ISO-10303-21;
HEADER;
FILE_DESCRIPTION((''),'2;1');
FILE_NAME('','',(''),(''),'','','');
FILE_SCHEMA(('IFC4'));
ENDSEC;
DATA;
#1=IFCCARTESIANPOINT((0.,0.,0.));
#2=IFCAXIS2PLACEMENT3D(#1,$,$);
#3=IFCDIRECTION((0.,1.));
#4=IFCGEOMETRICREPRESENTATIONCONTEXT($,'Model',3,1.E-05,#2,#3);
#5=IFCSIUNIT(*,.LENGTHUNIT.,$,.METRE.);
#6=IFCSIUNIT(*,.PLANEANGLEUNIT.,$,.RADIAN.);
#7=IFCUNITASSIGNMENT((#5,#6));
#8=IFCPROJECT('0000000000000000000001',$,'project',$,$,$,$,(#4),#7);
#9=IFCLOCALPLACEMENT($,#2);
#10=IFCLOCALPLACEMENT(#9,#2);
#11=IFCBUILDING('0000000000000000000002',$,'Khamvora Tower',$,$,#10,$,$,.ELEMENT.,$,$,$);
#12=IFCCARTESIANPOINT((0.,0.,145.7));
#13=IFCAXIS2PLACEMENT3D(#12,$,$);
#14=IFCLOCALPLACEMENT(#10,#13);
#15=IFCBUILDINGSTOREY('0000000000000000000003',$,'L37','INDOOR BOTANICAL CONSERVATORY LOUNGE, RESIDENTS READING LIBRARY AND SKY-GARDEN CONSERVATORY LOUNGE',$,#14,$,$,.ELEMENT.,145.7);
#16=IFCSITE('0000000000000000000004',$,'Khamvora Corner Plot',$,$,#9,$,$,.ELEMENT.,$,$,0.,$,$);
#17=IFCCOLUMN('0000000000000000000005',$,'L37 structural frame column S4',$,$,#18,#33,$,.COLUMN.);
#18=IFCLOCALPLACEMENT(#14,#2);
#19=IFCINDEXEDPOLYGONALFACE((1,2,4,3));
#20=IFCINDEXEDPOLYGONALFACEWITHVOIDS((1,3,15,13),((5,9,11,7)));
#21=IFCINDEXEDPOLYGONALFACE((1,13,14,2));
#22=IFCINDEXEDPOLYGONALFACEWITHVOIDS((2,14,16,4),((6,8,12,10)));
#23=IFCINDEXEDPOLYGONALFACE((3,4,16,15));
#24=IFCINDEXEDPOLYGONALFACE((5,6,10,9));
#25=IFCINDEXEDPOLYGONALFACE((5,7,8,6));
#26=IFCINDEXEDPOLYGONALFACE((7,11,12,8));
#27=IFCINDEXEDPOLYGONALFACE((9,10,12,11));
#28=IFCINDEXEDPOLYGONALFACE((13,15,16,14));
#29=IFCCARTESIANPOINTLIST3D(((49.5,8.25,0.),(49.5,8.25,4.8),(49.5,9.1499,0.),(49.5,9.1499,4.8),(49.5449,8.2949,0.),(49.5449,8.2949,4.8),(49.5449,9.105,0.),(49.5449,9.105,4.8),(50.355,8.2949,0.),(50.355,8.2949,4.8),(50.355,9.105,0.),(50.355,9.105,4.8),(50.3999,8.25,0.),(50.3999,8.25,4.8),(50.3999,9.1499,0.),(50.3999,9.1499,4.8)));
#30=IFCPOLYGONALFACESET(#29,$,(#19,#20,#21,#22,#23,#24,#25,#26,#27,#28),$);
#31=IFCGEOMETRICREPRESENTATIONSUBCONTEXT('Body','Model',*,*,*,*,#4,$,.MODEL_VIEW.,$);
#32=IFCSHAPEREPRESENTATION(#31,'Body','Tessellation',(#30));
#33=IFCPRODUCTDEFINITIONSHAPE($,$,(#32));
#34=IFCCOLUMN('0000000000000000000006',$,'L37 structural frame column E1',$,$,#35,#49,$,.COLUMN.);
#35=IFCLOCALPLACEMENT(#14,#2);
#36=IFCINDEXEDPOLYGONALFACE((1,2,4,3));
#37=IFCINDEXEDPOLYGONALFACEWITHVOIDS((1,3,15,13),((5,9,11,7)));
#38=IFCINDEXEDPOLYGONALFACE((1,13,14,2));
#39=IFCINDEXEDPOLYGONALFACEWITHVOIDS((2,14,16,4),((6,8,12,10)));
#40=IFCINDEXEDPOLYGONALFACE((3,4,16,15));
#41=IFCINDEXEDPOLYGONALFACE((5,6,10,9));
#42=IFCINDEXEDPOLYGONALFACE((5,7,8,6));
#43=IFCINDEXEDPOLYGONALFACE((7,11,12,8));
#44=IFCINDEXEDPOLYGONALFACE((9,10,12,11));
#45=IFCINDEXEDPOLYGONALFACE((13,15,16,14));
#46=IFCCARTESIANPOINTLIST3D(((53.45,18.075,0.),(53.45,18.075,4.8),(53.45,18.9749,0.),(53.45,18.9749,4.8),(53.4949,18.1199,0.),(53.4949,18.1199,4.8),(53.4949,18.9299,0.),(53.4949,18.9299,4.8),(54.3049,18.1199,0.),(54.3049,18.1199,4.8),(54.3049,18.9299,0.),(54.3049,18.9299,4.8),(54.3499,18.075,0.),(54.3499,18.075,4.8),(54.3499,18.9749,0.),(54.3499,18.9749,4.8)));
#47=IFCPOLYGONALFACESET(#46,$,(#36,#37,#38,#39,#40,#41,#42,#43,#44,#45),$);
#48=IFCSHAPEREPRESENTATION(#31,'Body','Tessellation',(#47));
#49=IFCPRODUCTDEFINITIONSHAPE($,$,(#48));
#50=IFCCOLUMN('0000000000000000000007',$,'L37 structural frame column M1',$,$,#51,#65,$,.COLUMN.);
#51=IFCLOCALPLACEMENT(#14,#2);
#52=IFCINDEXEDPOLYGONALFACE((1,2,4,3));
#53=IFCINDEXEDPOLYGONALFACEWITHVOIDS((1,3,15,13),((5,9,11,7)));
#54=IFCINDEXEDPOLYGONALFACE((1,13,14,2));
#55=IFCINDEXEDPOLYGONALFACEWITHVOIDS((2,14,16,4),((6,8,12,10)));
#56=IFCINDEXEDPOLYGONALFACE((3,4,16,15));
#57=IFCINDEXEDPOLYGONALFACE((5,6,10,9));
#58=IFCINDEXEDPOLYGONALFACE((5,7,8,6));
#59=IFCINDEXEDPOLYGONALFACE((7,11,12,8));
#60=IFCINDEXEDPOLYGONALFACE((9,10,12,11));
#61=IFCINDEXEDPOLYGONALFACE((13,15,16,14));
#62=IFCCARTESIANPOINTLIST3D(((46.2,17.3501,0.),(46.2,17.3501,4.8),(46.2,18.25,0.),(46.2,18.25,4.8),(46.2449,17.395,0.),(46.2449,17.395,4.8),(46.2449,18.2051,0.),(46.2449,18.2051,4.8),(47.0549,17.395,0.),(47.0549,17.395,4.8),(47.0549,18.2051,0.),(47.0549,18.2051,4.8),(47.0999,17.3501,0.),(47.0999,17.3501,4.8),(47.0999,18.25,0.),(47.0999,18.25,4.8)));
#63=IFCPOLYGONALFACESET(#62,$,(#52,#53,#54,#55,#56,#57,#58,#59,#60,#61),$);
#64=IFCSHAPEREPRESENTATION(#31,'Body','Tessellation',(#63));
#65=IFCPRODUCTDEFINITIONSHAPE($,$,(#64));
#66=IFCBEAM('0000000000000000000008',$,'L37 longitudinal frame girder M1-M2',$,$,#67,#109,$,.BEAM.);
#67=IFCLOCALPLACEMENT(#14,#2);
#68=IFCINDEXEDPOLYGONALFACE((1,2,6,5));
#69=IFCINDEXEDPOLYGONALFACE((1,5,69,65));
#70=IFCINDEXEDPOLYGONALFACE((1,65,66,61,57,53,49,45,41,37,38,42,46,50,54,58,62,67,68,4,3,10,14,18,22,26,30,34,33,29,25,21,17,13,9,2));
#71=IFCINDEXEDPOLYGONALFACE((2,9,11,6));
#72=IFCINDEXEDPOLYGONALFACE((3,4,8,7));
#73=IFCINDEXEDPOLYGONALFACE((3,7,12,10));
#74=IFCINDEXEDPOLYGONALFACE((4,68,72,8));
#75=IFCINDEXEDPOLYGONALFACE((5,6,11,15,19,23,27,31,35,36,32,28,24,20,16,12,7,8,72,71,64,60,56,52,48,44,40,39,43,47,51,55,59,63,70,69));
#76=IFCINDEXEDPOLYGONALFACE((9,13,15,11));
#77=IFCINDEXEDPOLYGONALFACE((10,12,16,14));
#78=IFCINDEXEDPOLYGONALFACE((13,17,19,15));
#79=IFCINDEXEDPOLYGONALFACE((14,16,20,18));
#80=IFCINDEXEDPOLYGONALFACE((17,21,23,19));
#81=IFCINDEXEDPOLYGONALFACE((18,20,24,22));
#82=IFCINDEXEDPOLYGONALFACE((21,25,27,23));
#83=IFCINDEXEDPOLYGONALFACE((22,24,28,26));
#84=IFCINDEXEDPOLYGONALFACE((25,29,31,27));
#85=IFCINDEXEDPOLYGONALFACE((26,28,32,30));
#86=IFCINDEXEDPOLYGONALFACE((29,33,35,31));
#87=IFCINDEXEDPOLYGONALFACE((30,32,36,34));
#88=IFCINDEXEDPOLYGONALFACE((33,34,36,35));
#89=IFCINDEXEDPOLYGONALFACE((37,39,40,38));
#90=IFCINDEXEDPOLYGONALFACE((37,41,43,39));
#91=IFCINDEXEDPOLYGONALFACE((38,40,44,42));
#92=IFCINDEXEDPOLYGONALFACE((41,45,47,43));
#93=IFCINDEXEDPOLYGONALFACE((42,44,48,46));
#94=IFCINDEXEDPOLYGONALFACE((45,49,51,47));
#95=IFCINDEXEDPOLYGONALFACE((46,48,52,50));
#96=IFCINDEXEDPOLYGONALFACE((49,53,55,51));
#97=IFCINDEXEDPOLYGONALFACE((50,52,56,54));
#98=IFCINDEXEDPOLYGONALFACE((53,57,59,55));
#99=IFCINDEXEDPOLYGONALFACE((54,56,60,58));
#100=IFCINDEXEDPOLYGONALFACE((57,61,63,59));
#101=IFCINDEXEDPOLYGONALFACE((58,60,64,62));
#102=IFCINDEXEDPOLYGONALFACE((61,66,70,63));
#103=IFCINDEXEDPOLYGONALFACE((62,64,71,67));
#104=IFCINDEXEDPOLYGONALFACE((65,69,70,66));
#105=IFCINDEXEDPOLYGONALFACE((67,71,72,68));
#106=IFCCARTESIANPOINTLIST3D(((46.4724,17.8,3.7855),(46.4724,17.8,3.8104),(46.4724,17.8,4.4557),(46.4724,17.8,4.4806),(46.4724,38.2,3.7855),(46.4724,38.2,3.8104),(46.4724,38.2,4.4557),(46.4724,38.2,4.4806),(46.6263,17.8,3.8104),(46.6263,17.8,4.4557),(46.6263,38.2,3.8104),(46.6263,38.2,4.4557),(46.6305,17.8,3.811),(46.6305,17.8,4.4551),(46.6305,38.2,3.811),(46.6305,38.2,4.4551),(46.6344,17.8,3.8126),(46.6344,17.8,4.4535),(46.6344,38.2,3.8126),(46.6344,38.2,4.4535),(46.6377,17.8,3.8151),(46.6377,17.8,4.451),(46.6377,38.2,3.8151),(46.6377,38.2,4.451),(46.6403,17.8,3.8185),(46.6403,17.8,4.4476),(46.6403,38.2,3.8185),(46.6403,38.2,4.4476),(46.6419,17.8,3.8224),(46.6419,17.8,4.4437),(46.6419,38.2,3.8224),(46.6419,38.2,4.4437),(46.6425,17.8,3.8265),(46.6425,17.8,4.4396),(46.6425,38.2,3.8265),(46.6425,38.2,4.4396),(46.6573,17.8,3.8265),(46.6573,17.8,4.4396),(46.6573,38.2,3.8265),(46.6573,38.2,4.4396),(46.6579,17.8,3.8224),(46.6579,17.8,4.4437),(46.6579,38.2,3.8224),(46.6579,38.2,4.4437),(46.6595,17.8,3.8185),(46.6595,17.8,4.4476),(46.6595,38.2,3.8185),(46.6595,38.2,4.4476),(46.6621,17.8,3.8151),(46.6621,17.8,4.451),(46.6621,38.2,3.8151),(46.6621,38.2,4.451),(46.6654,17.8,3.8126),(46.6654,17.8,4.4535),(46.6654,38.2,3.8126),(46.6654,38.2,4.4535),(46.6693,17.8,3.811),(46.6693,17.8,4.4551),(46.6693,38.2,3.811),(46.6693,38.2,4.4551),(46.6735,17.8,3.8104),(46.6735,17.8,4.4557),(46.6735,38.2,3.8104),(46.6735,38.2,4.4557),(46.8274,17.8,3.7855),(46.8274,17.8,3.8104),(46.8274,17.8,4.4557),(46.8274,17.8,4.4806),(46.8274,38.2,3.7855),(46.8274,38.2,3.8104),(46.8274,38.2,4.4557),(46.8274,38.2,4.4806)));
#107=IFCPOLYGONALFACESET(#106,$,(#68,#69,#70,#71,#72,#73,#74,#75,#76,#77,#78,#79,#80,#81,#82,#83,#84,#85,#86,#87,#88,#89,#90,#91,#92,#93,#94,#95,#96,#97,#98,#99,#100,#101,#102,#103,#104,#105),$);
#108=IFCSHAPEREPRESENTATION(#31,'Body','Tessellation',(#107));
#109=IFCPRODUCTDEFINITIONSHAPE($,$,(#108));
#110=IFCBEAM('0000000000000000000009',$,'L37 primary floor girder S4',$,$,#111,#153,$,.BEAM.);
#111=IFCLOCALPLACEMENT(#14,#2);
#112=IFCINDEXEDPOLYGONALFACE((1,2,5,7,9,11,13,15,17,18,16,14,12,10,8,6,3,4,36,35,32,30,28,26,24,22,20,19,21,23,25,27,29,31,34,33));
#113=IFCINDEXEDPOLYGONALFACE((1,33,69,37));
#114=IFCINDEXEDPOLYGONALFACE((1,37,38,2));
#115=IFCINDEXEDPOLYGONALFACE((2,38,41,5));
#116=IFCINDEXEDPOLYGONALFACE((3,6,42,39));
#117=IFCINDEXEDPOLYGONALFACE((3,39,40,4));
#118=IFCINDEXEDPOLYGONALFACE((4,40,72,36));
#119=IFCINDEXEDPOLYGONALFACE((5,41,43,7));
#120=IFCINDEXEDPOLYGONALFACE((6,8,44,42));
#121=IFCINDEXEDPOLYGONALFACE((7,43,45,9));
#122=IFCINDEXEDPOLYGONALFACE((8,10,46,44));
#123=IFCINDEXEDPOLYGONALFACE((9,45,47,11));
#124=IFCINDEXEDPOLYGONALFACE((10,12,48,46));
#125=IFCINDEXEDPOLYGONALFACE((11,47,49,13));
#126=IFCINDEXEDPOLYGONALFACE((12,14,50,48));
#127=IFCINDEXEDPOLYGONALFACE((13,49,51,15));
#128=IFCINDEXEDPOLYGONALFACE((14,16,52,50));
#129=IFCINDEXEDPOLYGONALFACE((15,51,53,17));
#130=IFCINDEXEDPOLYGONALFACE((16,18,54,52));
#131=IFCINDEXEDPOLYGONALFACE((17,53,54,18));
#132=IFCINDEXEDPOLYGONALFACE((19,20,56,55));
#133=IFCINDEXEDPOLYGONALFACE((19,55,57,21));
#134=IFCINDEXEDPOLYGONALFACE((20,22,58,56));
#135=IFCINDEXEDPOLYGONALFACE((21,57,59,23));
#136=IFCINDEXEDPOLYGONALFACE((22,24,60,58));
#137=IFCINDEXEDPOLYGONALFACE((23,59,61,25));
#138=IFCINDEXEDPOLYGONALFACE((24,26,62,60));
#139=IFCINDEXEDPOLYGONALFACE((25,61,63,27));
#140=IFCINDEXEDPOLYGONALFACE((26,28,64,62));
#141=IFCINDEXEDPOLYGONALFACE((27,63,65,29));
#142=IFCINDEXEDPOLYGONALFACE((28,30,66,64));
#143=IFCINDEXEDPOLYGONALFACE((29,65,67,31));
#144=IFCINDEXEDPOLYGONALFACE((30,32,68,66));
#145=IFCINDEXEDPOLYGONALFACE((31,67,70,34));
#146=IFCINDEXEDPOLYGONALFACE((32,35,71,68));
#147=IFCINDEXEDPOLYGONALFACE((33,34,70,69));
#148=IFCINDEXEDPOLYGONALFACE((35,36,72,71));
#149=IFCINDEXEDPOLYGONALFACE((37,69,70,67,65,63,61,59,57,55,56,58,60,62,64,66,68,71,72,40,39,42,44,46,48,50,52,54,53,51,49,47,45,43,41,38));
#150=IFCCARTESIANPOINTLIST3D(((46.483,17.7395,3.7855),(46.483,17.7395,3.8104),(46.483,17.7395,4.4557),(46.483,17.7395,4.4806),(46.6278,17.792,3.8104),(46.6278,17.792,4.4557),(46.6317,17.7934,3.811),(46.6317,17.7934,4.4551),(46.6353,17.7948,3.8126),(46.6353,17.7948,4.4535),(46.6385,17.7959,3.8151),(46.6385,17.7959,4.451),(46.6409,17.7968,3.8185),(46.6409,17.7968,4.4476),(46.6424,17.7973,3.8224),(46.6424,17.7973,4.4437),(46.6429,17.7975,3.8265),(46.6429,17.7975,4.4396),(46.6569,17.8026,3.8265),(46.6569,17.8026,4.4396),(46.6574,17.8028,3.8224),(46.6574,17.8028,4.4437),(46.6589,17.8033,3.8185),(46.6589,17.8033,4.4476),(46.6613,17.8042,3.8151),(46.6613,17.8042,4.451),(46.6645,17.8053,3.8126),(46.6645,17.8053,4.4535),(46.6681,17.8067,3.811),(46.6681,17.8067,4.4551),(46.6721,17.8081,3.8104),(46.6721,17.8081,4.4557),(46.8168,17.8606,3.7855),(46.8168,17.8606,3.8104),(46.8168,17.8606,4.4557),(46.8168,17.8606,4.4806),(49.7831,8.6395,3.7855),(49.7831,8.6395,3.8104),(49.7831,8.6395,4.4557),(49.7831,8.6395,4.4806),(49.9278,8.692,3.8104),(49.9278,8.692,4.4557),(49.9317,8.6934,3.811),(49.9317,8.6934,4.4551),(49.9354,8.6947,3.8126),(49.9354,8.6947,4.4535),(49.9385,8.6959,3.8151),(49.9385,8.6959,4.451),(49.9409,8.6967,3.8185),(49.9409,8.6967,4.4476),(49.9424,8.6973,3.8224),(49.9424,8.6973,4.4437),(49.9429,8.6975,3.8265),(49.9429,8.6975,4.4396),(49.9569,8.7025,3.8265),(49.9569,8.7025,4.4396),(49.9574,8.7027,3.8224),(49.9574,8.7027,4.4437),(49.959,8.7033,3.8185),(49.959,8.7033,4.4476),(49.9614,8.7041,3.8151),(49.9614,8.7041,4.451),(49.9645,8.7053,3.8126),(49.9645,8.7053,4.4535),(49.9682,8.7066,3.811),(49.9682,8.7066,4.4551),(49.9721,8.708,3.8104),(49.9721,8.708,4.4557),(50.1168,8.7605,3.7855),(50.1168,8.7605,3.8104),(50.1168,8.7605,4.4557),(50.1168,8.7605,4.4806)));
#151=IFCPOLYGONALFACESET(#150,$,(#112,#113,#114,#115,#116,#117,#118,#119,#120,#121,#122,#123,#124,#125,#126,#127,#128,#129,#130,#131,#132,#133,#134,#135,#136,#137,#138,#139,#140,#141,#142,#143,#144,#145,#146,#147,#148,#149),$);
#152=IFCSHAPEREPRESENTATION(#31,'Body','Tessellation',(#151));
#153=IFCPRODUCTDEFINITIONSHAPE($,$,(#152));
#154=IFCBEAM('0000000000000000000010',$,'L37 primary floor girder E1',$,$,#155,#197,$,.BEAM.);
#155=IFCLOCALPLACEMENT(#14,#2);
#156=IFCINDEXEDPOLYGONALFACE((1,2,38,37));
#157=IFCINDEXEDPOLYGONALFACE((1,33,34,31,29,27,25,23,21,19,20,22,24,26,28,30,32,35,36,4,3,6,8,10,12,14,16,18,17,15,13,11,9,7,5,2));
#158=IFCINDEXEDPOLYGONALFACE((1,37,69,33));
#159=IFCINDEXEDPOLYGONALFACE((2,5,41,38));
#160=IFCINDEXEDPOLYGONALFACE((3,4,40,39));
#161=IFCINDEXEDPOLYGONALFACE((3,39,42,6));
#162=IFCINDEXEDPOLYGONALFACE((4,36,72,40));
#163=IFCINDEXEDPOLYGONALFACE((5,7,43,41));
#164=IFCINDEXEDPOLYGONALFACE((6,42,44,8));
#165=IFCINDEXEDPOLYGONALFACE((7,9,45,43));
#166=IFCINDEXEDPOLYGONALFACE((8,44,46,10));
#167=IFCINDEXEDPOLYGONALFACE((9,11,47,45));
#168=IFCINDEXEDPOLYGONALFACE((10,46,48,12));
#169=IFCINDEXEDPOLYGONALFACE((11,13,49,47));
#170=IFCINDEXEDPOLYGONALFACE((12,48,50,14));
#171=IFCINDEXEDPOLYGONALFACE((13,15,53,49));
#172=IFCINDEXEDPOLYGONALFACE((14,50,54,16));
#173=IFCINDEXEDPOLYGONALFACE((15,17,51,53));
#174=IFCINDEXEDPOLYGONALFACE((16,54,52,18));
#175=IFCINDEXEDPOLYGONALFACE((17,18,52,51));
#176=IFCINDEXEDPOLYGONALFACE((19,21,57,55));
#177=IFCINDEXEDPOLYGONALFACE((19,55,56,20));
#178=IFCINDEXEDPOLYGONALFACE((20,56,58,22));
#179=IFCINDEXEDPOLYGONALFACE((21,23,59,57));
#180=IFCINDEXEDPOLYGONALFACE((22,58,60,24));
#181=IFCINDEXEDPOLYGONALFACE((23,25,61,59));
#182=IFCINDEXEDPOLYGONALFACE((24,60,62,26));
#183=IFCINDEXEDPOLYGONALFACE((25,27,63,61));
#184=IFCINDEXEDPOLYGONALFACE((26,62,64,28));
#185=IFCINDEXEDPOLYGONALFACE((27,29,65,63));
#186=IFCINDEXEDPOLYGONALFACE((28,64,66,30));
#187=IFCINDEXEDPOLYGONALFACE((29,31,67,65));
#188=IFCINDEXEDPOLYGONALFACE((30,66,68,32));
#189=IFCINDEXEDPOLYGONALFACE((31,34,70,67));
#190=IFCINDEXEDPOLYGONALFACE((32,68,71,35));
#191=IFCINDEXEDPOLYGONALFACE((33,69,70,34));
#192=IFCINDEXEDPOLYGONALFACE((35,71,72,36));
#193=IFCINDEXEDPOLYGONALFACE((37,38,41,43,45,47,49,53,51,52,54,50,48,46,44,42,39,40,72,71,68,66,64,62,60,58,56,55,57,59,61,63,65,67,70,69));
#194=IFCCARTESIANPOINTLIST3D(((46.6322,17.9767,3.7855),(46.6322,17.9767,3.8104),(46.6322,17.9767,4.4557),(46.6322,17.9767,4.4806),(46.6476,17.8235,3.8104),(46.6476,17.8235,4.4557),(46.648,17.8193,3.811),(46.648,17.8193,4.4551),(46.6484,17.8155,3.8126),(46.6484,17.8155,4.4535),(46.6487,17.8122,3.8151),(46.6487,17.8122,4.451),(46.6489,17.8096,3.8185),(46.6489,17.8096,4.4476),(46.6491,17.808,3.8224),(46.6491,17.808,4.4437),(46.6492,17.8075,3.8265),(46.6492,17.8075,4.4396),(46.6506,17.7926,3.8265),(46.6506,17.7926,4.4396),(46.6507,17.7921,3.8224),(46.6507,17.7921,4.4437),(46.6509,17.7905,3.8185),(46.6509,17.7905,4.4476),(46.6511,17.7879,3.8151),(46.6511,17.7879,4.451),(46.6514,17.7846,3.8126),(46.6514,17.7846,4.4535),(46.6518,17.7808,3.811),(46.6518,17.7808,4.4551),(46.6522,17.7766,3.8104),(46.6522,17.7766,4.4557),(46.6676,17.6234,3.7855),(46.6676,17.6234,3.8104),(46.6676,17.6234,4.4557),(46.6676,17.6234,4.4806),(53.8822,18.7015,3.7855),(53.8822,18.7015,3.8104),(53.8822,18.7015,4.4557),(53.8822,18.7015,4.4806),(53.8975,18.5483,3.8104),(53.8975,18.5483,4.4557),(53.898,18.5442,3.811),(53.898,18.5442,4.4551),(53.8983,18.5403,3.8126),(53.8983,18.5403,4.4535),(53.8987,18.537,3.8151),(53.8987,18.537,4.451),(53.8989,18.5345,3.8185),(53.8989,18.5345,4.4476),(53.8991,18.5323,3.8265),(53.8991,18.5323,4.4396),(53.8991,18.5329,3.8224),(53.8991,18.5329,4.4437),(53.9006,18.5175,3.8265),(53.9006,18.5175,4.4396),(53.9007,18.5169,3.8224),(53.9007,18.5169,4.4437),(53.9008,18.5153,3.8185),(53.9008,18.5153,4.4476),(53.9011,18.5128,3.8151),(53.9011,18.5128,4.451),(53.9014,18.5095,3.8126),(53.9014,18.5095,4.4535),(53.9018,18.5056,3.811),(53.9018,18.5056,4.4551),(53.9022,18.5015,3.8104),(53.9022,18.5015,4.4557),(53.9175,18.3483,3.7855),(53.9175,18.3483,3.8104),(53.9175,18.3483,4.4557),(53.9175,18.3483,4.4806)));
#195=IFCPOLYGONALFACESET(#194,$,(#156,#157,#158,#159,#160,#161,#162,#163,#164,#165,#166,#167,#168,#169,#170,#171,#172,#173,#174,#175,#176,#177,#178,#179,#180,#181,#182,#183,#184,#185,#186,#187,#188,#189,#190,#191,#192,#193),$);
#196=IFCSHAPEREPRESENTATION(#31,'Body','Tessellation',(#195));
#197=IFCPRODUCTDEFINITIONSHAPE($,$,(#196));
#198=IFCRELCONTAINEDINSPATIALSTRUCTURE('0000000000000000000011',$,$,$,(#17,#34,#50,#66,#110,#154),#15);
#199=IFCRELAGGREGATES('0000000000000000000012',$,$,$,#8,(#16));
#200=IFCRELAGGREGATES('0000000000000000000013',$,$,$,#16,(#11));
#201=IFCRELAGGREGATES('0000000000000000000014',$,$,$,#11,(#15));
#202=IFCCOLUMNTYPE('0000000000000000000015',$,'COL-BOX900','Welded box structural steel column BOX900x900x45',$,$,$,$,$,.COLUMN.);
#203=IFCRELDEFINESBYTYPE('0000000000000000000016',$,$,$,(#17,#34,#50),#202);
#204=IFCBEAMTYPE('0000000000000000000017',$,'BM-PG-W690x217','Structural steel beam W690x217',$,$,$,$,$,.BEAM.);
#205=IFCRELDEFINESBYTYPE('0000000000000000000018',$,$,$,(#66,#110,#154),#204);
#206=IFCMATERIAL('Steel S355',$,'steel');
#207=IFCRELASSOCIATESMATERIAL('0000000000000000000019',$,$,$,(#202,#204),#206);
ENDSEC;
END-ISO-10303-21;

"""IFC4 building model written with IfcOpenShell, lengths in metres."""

from ifc_helpers import new_model, si_unit, direction, frame, origin, origin_2d, place, context, subcontext, project, spatial, hollow_rectangle, i_section, extrude, material, material_profile, profile_set, type_object, element, save


model = new_model("IFC4")

# Units and contexts
model_context = context("Model", 3, precision=1e-05, world=origin(), true_north=direction((0.0, 1.0)))
body_context = subcontext(model_context, "Body", "Model", "MODEL_VIEW")
ifc_project = project(units=[si_unit("LENGTHUNIT", "METRE"), si_unit("PLANEANGLEUNIT", "RADIAN")], contexts=[model_context])

# Site, building, storey
site_placement = place(None, origin())
site = spatial("IfcSite", under=ifc_project, at=site_placement, Name="Khamvora Corner Plot", CompositionType="ELEMENT", RefElevation=0.0)
building_placement = place(site_placement, origin())
building = spatial("IfcBuilding", under=site, at=building_placement, Name="Khamvora Tower", CompositionType="ELEMENT")
storey_placement = place(building_placement, frame((0.0, 0.0, 145.7)))
storey = spatial("IfcBuildingStorey", under=building, at=storey_placement, Name="L37", Description="INDOOR BOTANICAL CONSERVATORY LOUNGE, RESIDENTS READING LIBRARY AND SKY-GARDEN CONSERVATORY LOUNGE", CompositionType="ELEMENT", Elevation=145.7)

# Columns
ifc_material_1 = material(Name="Steel S355", Category="steel")
ifc_material_profile_1 = material_profile(ifc_material_1, hollow_rectangle(XDim=0.8999, YDim=0.8999, WallThickness=0.0449, at=origin_2d()), Name="BOX900x900x45")
ifc_profile_set_1 = profile_set([ifc_material_profile_1], Name="Steel S355")
column_type = type_object("IfcColumnType", Name="COL-BOX900", Description="Welded box structural steel column BOX900x900x45", PredefinedType="COLUMN", material=ifc_profile_set_1)
for number, where, z_axis, x_axis, name in (
    (1, (49.95, 8.7, 0.0), (0.0, 0.0, 1.0), (1.0, 0.0, 0.0), "L37 structural frame column S4"),
    (2, (53.8999, 18.5249, 0.0), (0.0, 0.0, 1.0), (1.0, 0.0, 0.0), "L37 structural frame column E1"),
    (3, (46.6499, 17.8, 0.0), (0.0, 0.0, 1.0), (1.0, 0.0, 0.0), "L37 structural frame column M1"),
):
    element("IfcColumn", number, at=place(storey_placement, frame(where, z_axis=z_axis, x_axis=x_axis)), inside=storey, type_object=column_type, Name=name, PredefinedType="COLUMN", context=body_context, shape_type="SweptSolid", body=[
        extrude(hollow_rectangle(XDim=0.8999, YDim=0.8999, WallThickness=0.0449, at=origin_2d()), origin(), (0.0, 0.0, 1.0), 4.8),
    ])

# Beams
ifc_material_profile_2 = material_profile(ifc_material_1, i_section(OverallWidth=0.355, OverallDepth=0.6951, WebThickness=0.0149, FlangeThickness=0.0249, FilletRadius=0.0161, at=origin_2d()), Name="W690x217")
ifc_profile_set_2 = profile_set([ifc_material_profile_2], Name="Steel S355")
beam_type_1 = type_object("IfcBeamType", Name="BM-PG-W690x217", Description="Structural steel beam W690x217", PredefinedType="BEAM", material=ifc_profile_set_2)
beam_1_placement = place(storey_placement, frame((46.6499, 17.8, 4.1331), z_axis=(0.0, 1.0, 0.0), x_axis=(-1.0, 0.0, 0.0)))
element("IfcBeam", 4, at=beam_1_placement, inside=storey, type_object=beam_type_1, Name="L37 longitudinal frame girder M1-M2", PredefinedType="BEAM", context=body_context, shape_type="SweptSolid", body=[
    extrude(i_section(OverallWidth=0.355, OverallDepth=0.6951, WebThickness=0.0149, FlangeThickness=0.0249, FilletRadius=0.0161, at=origin_2d()), origin(), (0.0, 0.0, 1.0), 20.3999),
])
beam_2_placement = place(storey_placement, frame((46.6499, 17.8, 4.1331), z_axis=(0.340915, -0.940094, 0.0), x_axis=(0.940094, 0.340915, 0.0)))
element("IfcBeam", 5, at=beam_2_placement, inside=storey, type_object=beam_type_1, Name="L37 primary floor girder S4", PredefinedType="BEAM", context=body_context, shape_type="SweptSolid", body=[
    extrude(i_section(OverallWidth=0.355, OverallDepth=0.6951, WebThickness=0.0149, FlangeThickness=0.0249, FilletRadius=0.0161, at=origin_2d()), origin(), (0.0, 0.0, 1.0), 9.6799),
])
beam_3_placement = place(storey_placement, frame((46.6499, 17.8, 4.1331), z_axis=(0.995039, 0.099484, 0.0), x_axis=(-0.099484, 0.995039, 0.0)))
element("IfcBeam", 6, at=beam_3_placement, inside=storey, type_object=beam_type_1, Name="L37 primary floor girder E1", PredefinedType="BEAM", context=body_context, shape_type="SweptSolid", body=[
    extrude(i_section(OverallWidth=0.355, OverallDepth=0.6951, WebThickness=0.0149, FlangeThickness=0.0249, FilletRadius=0.0161, at=origin_2d()), origin(), (0.0, 0.0, 1.0), 7.2861),
])

save(model, "model.ifc")
